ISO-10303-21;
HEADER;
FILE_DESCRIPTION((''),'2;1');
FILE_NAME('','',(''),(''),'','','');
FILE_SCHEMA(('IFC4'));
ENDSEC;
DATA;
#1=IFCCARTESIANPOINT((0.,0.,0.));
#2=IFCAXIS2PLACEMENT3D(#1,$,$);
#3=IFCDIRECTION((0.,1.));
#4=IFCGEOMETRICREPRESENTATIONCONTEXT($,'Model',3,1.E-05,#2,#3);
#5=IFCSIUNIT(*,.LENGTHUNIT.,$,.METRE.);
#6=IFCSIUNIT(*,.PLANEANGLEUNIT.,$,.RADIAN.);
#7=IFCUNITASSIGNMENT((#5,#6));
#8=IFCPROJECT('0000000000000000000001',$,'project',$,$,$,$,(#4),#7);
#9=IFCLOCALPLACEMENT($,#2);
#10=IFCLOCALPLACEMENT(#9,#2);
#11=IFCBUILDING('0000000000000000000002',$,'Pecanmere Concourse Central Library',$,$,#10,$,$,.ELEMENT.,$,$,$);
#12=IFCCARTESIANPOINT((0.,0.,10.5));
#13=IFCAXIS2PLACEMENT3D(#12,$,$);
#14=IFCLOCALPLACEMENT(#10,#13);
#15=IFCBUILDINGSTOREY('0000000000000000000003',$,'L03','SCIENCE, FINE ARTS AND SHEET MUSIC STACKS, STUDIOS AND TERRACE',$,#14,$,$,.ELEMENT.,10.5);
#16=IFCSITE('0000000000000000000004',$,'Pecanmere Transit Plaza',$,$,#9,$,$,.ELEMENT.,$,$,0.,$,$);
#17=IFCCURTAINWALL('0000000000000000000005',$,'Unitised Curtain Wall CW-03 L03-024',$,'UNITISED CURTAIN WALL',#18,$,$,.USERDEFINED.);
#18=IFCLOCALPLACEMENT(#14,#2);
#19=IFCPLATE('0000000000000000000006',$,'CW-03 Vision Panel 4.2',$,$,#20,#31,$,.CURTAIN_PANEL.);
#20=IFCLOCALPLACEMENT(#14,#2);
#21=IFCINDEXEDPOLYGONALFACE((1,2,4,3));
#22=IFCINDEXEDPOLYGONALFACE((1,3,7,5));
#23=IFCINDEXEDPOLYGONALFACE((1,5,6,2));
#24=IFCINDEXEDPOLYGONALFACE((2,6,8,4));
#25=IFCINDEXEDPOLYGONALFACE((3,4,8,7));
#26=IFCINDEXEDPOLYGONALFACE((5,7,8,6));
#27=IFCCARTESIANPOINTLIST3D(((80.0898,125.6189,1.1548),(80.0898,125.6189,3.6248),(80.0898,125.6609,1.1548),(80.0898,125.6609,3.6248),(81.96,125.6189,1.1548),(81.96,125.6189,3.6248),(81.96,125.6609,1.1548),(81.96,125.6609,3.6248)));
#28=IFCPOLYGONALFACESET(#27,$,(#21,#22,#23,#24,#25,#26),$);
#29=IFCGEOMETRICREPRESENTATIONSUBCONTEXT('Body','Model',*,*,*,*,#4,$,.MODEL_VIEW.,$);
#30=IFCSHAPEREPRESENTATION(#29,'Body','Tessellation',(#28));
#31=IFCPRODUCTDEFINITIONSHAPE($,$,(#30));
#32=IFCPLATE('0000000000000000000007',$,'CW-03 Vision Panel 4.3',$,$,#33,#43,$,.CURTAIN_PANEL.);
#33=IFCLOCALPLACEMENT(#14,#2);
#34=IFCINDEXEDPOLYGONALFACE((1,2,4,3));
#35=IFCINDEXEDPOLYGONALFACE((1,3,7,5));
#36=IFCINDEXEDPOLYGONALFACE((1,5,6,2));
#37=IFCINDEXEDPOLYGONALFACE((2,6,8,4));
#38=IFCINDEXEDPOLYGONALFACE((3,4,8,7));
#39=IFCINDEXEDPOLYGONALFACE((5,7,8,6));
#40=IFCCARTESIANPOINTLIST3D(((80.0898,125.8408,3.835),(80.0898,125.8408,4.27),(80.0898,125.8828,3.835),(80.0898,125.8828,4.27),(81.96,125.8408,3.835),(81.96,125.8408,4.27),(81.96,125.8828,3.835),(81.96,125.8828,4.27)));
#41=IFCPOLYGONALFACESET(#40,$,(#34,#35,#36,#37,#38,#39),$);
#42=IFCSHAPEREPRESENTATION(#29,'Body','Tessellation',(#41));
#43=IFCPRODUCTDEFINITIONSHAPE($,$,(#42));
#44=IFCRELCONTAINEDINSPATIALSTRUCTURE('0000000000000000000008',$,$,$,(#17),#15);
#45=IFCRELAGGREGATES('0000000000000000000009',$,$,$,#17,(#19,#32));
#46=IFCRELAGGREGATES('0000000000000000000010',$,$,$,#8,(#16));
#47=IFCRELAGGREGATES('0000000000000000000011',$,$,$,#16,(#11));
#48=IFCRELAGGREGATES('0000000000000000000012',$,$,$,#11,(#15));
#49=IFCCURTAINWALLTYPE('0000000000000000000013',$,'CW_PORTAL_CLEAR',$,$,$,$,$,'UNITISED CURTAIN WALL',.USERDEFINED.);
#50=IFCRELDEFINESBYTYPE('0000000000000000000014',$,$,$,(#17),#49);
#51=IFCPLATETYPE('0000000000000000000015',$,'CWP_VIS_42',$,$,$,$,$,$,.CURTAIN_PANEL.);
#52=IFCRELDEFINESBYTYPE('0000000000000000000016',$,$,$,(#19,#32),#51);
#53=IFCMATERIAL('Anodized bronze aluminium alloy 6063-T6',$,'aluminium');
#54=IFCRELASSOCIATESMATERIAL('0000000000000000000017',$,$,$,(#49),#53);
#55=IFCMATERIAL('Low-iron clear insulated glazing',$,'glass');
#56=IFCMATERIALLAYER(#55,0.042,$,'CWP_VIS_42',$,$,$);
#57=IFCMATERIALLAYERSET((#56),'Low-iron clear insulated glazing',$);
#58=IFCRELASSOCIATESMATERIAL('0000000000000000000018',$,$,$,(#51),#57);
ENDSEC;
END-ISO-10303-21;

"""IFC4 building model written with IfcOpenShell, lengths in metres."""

from ifc_helpers import new_model, si_unit, direction, frame, origin, origin_2d, place, context, subcontext, project, spatial, rectangle, extrude, material, layer, layer_set, type_object, element, aggregate, save


model = new_model("IFC4")

# Units and contexts
model_context = context("Model", 3, precision=1e-05, world=origin(), true_north=direction((0.0, 1.0)))
body_context = subcontext(model_context, "Body", "Model", "MODEL_VIEW")
ifc_project = project(units=[si_unit("LENGTHUNIT", "METRE"), si_unit("PLANEANGLEUNIT", "RADIAN")], contexts=[model_context])

# Site, building, storey
site_placement = place(None, origin())
site = spatial("IfcSite", under=ifc_project, at=site_placement, Name="Pecanmere Transit Plaza", CompositionType="ELEMENT", RefElevation=0.0)
building_placement = place(site_placement, origin())
building = spatial("IfcBuilding", under=site, at=building_placement, Name="Pecanmere Concourse Central Library", CompositionType="ELEMENT")
storey_placement = place(building_placement, frame((0.0, 0.0, 10.5)))
storey = spatial("IfcBuildingStorey", under=building, at=storey_placement, Name="L03", Description="SCIENCE, FINE ARTS AND SHEET MUSIC STACKS, STUDIOS AND TERRACE", CompositionType="ELEMENT", Elevation=10.5)

# Curtain wall
ifc_material_1 = material(Name="Anodized bronze aluminium alloy 6063-T6", Category="aluminium")
curtain_wall_type_1 = type_object("IfcCurtainWallType", Name="CW_PORTAL_CLEAR", ElementType="UNITISED CURTAIN WALL", PredefinedType="USERDEFINED", material=ifc_material_1)
curtain_wall_1_placement = place(storey_placement, origin())
curtain_wall_1 = element("IfcCurtainWall", 1, at=curtain_wall_1_placement, inside=storey, type_object=curtain_wall_type_1, Name="Unitised Curtain Wall CW-03 L03-024", ObjectType="UNITISED CURTAIN WALL", PredefinedType="USERDEFINED")

# Plates
ifc_material_2 = material(Name="Low-iron clear insulated glazing", Category="glass")
ifc_layer_1 = layer(ifc_material_2, 0.042, Name="CWP_VIS_42")
ifc_layer_set_1 = layer_set([ifc_layer_1], Name="Low-iron clear insulated glazing")
plate_type_1 = type_object("IfcPlateType", Name="CWP_VIS_42", PredefinedType="CURTAIN_PANEL", material=ifc_layer_set_1)
plate_1_placement = place(storey_placement, frame((81.0249, 125.6399, 1.1548), z_axis=(0.0, 0.0, 1.0), x_axis=(-1.0, 0.0, 0.0)))
plate_1 = element("IfcPlate", 2, at=plate_1_placement, type_object=plate_type_1, Name="CW-03 Vision Panel 4.2", PredefinedType="CURTAIN_PANEL", context=body_context, shape_type="SweptSolid", body=[
    extrude(rectangle(XDim=1.8701, YDim=0.042, at=origin_2d()), origin(), (0.0, 0.0, 1.0), 2.47),
])
plate_2_placement = place(storey_placement, frame((81.0249, 125.8618, 3.835), z_axis=(0.0, 0.0, 1.0), x_axis=(-1.0, 0.0, 0.0)))
plate_2 = element("IfcPlate", 3, at=plate_2_placement, type_object=plate_type_1, Name="CW-03 Vision Panel 4.3", PredefinedType="CURTAIN_PANEL", context=body_context, shape_type="SweptSolid", body=[
    extrude(rectangle(XDim=1.8701, YDim=0.042, at=origin_2d()), origin(), (0.0, 0.0, 1.0), 0.4351),
])
aggregate(curtain_wall_1, [plate_1, plate_2])

save(model, "model.ifc")
